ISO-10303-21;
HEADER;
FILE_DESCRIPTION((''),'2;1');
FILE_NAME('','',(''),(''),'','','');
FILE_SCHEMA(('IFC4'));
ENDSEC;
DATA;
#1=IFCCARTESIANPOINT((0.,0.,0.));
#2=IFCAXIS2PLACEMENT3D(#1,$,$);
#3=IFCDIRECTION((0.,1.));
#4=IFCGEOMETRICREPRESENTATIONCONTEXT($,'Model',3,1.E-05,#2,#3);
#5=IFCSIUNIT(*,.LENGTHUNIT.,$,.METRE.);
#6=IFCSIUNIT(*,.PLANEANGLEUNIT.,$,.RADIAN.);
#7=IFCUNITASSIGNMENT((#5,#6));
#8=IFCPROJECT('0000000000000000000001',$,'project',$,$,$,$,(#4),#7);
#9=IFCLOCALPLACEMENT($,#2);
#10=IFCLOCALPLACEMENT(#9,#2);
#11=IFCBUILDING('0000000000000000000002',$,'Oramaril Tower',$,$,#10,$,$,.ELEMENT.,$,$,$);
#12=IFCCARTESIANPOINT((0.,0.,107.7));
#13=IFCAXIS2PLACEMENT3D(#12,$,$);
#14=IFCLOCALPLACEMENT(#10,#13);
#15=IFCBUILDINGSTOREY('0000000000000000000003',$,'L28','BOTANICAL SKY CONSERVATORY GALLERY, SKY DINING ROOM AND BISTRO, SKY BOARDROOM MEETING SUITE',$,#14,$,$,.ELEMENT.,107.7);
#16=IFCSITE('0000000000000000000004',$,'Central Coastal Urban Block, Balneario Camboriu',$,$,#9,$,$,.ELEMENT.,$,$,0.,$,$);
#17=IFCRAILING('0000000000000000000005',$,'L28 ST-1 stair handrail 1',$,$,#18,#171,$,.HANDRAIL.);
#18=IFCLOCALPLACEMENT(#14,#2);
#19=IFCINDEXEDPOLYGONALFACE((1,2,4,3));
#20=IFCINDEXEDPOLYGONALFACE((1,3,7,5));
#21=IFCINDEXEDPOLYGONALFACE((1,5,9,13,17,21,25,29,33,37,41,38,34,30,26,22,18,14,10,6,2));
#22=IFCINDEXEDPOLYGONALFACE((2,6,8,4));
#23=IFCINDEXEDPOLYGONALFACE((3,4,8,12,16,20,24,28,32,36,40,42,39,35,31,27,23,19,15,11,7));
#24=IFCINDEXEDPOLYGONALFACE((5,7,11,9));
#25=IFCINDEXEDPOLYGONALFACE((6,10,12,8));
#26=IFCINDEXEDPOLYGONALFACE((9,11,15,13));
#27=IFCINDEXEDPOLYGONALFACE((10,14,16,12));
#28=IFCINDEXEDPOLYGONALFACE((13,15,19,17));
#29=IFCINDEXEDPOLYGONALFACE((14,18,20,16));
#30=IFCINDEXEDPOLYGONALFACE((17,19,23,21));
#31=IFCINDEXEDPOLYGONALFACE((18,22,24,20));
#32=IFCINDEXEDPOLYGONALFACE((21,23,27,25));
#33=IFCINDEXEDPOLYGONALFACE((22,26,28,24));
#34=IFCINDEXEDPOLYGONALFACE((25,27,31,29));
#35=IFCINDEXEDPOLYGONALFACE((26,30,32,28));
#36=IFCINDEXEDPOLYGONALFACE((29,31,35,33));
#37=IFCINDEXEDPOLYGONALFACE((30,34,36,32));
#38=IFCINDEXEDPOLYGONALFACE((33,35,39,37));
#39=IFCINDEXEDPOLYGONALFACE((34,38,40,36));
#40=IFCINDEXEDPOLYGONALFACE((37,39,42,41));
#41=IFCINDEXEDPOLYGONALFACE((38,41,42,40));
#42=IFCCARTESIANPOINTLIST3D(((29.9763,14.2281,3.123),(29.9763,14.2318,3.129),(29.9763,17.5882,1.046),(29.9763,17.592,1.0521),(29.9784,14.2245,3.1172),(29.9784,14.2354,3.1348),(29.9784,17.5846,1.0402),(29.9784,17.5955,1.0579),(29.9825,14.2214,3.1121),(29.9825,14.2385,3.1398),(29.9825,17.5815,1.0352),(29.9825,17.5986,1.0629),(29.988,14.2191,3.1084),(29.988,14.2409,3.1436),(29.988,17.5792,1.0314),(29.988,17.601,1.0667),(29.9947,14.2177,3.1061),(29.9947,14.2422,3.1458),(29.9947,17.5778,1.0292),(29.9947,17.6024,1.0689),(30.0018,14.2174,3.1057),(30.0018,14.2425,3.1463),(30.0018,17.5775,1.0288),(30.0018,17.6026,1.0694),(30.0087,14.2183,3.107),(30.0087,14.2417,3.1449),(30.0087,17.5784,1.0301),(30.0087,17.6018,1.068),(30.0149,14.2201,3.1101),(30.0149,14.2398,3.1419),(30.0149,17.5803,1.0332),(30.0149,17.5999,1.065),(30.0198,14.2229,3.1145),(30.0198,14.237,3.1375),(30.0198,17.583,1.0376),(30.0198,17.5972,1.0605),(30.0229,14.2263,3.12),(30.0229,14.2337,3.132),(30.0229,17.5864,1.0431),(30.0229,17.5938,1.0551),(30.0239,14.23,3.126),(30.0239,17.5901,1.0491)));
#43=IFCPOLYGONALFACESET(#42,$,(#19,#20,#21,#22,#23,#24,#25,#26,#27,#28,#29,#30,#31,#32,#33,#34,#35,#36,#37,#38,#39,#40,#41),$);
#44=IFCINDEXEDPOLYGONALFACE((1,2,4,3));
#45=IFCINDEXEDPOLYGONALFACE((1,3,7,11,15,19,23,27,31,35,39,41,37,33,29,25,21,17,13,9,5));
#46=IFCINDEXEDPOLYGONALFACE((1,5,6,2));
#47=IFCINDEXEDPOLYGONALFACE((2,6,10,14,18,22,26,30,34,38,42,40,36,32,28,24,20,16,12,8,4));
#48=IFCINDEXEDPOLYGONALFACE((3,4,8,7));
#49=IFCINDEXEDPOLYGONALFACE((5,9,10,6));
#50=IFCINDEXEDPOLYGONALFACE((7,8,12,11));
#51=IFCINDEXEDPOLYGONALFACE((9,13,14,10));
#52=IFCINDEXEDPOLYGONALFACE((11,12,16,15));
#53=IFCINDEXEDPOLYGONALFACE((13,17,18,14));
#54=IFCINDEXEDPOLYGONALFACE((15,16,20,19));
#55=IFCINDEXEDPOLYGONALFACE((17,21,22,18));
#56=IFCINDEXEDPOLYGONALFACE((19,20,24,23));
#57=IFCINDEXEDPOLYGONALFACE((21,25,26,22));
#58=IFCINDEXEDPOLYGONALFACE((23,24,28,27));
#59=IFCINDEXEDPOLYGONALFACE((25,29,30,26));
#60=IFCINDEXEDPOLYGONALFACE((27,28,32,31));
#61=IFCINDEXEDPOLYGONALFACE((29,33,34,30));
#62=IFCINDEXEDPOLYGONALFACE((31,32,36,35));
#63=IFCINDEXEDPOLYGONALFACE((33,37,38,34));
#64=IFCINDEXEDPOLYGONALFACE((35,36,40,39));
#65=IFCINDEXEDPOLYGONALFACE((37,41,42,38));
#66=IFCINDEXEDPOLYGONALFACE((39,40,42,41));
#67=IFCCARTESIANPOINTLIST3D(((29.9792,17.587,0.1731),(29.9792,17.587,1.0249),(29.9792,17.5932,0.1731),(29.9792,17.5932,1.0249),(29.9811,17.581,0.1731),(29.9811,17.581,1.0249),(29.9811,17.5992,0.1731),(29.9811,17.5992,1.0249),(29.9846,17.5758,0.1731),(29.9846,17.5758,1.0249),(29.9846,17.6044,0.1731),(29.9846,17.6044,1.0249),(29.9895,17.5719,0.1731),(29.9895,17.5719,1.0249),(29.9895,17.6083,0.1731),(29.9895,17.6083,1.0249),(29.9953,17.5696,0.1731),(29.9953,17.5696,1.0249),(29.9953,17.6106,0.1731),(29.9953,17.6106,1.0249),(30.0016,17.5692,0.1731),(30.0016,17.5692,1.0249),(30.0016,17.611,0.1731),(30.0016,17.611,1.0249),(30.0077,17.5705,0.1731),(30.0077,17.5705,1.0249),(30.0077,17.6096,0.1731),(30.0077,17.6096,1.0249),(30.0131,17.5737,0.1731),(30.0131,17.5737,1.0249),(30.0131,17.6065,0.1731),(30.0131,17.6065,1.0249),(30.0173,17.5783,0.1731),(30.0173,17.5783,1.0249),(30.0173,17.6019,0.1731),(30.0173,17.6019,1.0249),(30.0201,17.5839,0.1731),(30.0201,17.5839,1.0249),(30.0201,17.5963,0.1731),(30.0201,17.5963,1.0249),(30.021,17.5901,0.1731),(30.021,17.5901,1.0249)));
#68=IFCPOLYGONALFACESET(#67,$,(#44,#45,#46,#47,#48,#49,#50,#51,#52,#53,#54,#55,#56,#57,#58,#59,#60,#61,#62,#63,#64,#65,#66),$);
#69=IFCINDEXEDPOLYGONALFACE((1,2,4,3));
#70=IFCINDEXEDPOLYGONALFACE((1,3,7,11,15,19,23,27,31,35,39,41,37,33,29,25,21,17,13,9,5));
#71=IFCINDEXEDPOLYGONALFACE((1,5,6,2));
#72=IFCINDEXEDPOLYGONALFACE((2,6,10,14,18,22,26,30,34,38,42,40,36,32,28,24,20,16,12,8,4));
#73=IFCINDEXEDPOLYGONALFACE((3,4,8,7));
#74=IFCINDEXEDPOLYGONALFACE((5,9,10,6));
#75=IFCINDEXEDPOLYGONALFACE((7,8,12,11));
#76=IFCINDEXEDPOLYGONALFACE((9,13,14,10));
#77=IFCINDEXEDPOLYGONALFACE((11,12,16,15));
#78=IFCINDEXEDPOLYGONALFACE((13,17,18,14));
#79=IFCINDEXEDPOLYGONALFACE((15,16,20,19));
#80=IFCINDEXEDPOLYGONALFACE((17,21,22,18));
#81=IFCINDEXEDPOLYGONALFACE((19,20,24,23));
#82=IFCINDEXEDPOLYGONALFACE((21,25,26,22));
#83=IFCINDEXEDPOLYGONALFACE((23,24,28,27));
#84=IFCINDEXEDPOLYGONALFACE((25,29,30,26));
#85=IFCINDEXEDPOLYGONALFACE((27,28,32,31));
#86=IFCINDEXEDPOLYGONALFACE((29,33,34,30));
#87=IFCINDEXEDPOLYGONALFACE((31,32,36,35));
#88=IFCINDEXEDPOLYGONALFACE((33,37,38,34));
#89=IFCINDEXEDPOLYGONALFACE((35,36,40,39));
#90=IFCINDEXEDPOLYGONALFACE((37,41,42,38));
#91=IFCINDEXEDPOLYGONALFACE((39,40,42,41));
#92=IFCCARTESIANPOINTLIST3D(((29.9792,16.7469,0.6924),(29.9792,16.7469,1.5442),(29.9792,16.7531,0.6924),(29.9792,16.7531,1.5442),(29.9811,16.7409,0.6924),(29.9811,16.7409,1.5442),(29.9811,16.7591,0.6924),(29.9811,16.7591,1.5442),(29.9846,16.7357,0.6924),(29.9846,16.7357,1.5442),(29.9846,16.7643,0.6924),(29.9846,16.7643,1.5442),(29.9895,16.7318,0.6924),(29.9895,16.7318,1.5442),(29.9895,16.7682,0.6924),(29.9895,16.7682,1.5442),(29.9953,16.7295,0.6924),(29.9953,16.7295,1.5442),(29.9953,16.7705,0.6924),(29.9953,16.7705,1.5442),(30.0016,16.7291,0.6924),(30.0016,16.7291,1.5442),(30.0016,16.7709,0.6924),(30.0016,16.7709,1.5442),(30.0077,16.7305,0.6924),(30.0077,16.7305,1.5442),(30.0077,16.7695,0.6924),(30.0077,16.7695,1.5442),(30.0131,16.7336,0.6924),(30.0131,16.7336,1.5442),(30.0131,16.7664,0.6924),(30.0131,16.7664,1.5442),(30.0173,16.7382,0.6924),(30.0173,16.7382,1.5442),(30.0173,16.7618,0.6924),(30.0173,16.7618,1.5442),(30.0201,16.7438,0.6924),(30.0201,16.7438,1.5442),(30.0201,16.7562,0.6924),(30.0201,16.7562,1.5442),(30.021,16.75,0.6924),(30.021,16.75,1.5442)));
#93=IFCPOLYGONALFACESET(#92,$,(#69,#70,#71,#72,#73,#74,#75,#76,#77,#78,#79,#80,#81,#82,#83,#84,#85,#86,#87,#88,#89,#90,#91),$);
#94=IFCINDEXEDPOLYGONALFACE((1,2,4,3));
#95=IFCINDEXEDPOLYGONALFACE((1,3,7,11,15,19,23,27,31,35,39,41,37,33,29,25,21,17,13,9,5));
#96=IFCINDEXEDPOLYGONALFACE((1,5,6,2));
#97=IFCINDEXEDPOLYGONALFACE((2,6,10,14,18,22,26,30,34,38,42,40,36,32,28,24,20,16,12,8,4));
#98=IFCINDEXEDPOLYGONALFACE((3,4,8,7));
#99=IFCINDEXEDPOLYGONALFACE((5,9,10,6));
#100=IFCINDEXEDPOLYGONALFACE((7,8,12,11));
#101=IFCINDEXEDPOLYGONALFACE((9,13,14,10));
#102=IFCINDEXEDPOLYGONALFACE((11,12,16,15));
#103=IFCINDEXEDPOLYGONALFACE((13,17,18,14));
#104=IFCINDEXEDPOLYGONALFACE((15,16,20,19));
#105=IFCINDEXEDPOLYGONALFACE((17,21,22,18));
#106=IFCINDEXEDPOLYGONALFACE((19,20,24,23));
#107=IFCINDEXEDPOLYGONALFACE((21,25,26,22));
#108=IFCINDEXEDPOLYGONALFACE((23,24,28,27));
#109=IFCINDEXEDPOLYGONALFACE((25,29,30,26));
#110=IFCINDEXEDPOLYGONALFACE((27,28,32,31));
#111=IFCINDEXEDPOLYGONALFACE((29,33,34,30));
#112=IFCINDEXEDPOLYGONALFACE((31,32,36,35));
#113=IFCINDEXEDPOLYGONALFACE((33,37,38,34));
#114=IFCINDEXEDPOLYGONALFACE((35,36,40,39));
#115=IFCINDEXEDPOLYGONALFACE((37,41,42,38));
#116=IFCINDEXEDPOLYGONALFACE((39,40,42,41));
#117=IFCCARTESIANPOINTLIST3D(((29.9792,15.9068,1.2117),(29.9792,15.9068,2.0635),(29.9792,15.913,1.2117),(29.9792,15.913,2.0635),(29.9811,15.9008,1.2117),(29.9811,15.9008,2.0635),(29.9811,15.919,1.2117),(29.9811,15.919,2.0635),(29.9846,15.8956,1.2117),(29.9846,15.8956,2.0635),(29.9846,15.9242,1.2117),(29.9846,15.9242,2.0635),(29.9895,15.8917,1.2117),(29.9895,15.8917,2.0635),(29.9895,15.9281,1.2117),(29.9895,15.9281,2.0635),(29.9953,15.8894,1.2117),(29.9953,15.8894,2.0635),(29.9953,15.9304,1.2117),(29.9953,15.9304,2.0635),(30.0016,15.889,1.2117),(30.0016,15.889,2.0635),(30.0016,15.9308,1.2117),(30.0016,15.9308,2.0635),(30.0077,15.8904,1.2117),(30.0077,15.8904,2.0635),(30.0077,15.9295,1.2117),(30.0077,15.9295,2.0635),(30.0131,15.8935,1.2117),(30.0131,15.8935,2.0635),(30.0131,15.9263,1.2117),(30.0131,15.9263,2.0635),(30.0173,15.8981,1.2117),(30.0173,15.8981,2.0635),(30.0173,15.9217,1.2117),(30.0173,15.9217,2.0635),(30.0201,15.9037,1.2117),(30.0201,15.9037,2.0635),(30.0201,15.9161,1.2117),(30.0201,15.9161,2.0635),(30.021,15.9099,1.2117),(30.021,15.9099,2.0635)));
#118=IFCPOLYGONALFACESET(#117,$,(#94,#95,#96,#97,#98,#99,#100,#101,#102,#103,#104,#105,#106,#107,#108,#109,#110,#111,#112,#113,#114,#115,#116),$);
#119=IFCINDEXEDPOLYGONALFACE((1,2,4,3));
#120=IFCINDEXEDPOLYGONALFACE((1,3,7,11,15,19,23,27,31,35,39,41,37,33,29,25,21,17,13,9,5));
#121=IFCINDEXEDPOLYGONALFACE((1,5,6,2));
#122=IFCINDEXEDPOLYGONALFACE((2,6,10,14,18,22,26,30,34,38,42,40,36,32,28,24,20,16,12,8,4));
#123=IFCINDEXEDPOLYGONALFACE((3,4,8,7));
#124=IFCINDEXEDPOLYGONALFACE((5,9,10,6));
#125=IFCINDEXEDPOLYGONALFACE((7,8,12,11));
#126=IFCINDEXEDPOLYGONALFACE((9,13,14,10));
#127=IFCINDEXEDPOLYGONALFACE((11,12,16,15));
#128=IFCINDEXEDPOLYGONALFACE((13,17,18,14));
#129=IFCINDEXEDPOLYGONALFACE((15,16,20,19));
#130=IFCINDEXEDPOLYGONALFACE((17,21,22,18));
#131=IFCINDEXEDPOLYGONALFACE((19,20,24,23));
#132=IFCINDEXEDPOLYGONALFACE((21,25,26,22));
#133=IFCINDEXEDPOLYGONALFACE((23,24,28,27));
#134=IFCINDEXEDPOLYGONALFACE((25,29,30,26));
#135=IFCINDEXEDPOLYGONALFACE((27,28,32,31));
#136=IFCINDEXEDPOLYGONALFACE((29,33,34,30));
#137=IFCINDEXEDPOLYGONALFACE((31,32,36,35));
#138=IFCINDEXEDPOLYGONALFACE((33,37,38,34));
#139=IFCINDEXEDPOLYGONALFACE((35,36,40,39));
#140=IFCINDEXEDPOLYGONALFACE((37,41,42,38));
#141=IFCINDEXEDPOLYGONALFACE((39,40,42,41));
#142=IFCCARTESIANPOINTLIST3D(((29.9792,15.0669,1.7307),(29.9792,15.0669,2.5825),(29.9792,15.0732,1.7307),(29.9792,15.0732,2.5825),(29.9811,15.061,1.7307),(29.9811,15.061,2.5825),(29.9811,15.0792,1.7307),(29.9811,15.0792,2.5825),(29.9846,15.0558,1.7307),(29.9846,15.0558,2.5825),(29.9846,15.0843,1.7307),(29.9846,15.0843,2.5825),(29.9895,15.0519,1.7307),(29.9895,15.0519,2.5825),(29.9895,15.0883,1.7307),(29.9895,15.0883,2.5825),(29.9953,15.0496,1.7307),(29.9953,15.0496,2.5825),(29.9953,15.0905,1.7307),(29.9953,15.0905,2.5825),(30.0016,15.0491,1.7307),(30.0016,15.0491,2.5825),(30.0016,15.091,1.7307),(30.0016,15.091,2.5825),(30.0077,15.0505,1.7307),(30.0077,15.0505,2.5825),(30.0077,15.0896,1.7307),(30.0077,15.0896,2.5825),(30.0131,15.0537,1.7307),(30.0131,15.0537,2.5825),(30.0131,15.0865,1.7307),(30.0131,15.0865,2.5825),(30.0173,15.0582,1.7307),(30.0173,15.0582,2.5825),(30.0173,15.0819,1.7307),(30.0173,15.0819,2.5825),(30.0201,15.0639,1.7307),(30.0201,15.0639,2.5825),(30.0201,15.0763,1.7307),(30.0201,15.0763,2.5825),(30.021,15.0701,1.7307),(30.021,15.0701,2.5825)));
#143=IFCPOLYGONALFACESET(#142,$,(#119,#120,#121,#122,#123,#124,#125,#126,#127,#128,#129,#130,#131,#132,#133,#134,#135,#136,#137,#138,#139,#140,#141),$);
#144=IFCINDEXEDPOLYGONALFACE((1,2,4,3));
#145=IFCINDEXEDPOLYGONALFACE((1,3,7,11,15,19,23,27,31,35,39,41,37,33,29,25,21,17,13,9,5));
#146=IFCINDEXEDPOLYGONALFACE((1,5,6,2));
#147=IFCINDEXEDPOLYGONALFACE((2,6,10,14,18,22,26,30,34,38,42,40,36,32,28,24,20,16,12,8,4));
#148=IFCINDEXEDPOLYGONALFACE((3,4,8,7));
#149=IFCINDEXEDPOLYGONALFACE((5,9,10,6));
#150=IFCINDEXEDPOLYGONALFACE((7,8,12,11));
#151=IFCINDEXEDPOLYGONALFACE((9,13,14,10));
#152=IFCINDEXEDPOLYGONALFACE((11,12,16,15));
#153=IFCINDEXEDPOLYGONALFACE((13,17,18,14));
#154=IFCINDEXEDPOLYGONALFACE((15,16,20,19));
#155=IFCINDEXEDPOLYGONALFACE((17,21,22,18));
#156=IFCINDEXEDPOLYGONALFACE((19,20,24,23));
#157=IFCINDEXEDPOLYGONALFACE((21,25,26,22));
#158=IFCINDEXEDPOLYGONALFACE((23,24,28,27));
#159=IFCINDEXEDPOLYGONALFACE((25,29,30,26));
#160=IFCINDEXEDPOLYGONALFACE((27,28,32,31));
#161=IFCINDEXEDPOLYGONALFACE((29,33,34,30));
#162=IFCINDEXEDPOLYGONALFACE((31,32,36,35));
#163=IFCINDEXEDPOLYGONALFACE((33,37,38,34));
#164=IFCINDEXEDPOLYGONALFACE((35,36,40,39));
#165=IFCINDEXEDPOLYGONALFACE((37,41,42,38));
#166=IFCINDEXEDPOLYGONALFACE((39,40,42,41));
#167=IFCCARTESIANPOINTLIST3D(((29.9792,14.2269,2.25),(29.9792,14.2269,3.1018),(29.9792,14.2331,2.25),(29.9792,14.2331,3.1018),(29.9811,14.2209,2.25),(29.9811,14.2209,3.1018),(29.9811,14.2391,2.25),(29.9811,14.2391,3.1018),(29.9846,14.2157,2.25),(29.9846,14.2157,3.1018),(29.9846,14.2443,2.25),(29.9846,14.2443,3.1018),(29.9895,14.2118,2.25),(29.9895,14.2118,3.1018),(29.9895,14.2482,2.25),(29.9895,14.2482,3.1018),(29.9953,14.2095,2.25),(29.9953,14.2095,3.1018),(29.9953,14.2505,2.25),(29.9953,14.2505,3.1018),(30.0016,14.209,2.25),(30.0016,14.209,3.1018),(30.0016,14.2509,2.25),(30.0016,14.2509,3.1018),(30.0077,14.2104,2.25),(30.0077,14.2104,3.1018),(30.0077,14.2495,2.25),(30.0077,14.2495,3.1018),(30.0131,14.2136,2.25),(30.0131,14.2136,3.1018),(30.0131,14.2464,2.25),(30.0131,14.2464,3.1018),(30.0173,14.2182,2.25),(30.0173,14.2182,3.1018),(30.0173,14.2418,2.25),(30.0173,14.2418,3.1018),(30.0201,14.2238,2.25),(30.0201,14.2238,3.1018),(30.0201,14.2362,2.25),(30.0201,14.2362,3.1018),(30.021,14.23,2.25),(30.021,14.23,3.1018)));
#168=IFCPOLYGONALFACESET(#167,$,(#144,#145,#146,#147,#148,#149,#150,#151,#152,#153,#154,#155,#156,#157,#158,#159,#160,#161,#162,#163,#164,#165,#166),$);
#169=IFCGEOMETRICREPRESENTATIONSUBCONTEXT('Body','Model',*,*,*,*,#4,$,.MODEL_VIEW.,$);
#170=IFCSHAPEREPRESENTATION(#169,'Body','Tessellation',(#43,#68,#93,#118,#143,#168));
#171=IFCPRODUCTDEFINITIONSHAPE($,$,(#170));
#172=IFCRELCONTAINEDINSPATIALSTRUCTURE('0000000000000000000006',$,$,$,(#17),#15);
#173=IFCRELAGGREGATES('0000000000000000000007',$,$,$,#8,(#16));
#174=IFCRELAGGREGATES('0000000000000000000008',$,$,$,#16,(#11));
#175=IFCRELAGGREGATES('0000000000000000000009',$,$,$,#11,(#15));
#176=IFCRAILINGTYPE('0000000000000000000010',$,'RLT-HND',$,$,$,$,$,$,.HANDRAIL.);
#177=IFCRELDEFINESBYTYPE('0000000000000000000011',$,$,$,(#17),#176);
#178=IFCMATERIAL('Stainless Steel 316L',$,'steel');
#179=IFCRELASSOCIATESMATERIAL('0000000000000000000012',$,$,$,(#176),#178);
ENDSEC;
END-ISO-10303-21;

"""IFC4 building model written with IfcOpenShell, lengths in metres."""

from ifc_helpers import new_model, si_unit, direction, frame, origin, origin_2d, place, context, subcontext, project, spatial, circle, extrude, material, type_object, element, save


model = new_model("IFC4")

# Units and contexts
model_context = context("Model", 3, precision=1e-05, world=origin(), true_north=direction((0.0, 1.0)))
body_context = subcontext(model_context, "Body", "Model", "MODEL_VIEW")
ifc_project = project(units=[si_unit("LENGTHUNIT", "METRE"), si_unit("PLANEANGLEUNIT", "RADIAN")], contexts=[model_context])

# Site, building, storey
site_placement = place(None, origin())
site = spatial("IfcSite", under=ifc_project, at=site_placement, Name="Central Coastal Urban Block, Balneario Camboriu", CompositionType="ELEMENT", RefElevation=0.0)
building_placement = place(site_placement, origin())
building = spatial("IfcBuilding", under=site, at=building_placement, Name="Oramaril Tower", CompositionType="ELEMENT")
storey_placement = place(building_placement, frame((0.0, 0.0, 107.7)))
storey = spatial("IfcBuildingStorey", under=building, at=storey_placement, Name="L28", Description="BOTANICAL SKY CONSERVATORY GALLERY, SKY DINING ROOM AND BISTRO, SKY BOARDROOM MEETING SUITE", CompositionType="ELEMENT", Elevation=107.7)

# Railing
ifc_material_1 = material(Name="Stainless Steel 316L", Category="steel")
railing_type_1 = type_object("IfcRailingType", Name="RLT-HND", PredefinedType="HANDRAIL", material=ifc_material_1)
railing_1_placement = place(storey_placement, frame((30.0, 17.5901, 0.1731)))
element("IfcRailing", 1, at=railing_1_placement, inside=storey, type_object=railing_type_1, Name="L28 ST-1 stair handrail 1", PredefinedType="HANDRAIL", context=body_context, shape_type="SweptSolid", body=[
    extrude(circle(Radius=0.0239, at=origin_2d()), frame((0.0, 0.0, 0.876), z_axis=(0.0, -0.850623, 0.525776), x_axis=(1.0, 0.0, 0.0)), (0.0, 0.0, 1.0), 3.9502),
    extrude(circle(Radius=0.021, at=origin_2d()), origin(), (0.0, 0.0, 1.0), 0.8518),
    extrude(circle(Radius=0.021, at=origin_2d()), frame((0.0, -0.8401, 0.5193)), (0.0, 0.0, 1.0), 0.8518),
    extrude(circle(Radius=0.021, at=origin_2d()), frame((0.0, -1.6802, 1.0386)), (0.0, 0.0, 1.0), 0.8518),
    extrude(circle(Radius=0.021, at=origin_2d()), frame((0.0, -2.52, 1.5576)), (0.0, 0.0, 1.0), 0.8518),
    extrude(circle(Radius=0.021, at=origin_2d()), frame((0.0, -3.3601, 2.0769)), (0.0, 0.0, 1.0), 0.8518),
])

save(model, "model.ifc")
